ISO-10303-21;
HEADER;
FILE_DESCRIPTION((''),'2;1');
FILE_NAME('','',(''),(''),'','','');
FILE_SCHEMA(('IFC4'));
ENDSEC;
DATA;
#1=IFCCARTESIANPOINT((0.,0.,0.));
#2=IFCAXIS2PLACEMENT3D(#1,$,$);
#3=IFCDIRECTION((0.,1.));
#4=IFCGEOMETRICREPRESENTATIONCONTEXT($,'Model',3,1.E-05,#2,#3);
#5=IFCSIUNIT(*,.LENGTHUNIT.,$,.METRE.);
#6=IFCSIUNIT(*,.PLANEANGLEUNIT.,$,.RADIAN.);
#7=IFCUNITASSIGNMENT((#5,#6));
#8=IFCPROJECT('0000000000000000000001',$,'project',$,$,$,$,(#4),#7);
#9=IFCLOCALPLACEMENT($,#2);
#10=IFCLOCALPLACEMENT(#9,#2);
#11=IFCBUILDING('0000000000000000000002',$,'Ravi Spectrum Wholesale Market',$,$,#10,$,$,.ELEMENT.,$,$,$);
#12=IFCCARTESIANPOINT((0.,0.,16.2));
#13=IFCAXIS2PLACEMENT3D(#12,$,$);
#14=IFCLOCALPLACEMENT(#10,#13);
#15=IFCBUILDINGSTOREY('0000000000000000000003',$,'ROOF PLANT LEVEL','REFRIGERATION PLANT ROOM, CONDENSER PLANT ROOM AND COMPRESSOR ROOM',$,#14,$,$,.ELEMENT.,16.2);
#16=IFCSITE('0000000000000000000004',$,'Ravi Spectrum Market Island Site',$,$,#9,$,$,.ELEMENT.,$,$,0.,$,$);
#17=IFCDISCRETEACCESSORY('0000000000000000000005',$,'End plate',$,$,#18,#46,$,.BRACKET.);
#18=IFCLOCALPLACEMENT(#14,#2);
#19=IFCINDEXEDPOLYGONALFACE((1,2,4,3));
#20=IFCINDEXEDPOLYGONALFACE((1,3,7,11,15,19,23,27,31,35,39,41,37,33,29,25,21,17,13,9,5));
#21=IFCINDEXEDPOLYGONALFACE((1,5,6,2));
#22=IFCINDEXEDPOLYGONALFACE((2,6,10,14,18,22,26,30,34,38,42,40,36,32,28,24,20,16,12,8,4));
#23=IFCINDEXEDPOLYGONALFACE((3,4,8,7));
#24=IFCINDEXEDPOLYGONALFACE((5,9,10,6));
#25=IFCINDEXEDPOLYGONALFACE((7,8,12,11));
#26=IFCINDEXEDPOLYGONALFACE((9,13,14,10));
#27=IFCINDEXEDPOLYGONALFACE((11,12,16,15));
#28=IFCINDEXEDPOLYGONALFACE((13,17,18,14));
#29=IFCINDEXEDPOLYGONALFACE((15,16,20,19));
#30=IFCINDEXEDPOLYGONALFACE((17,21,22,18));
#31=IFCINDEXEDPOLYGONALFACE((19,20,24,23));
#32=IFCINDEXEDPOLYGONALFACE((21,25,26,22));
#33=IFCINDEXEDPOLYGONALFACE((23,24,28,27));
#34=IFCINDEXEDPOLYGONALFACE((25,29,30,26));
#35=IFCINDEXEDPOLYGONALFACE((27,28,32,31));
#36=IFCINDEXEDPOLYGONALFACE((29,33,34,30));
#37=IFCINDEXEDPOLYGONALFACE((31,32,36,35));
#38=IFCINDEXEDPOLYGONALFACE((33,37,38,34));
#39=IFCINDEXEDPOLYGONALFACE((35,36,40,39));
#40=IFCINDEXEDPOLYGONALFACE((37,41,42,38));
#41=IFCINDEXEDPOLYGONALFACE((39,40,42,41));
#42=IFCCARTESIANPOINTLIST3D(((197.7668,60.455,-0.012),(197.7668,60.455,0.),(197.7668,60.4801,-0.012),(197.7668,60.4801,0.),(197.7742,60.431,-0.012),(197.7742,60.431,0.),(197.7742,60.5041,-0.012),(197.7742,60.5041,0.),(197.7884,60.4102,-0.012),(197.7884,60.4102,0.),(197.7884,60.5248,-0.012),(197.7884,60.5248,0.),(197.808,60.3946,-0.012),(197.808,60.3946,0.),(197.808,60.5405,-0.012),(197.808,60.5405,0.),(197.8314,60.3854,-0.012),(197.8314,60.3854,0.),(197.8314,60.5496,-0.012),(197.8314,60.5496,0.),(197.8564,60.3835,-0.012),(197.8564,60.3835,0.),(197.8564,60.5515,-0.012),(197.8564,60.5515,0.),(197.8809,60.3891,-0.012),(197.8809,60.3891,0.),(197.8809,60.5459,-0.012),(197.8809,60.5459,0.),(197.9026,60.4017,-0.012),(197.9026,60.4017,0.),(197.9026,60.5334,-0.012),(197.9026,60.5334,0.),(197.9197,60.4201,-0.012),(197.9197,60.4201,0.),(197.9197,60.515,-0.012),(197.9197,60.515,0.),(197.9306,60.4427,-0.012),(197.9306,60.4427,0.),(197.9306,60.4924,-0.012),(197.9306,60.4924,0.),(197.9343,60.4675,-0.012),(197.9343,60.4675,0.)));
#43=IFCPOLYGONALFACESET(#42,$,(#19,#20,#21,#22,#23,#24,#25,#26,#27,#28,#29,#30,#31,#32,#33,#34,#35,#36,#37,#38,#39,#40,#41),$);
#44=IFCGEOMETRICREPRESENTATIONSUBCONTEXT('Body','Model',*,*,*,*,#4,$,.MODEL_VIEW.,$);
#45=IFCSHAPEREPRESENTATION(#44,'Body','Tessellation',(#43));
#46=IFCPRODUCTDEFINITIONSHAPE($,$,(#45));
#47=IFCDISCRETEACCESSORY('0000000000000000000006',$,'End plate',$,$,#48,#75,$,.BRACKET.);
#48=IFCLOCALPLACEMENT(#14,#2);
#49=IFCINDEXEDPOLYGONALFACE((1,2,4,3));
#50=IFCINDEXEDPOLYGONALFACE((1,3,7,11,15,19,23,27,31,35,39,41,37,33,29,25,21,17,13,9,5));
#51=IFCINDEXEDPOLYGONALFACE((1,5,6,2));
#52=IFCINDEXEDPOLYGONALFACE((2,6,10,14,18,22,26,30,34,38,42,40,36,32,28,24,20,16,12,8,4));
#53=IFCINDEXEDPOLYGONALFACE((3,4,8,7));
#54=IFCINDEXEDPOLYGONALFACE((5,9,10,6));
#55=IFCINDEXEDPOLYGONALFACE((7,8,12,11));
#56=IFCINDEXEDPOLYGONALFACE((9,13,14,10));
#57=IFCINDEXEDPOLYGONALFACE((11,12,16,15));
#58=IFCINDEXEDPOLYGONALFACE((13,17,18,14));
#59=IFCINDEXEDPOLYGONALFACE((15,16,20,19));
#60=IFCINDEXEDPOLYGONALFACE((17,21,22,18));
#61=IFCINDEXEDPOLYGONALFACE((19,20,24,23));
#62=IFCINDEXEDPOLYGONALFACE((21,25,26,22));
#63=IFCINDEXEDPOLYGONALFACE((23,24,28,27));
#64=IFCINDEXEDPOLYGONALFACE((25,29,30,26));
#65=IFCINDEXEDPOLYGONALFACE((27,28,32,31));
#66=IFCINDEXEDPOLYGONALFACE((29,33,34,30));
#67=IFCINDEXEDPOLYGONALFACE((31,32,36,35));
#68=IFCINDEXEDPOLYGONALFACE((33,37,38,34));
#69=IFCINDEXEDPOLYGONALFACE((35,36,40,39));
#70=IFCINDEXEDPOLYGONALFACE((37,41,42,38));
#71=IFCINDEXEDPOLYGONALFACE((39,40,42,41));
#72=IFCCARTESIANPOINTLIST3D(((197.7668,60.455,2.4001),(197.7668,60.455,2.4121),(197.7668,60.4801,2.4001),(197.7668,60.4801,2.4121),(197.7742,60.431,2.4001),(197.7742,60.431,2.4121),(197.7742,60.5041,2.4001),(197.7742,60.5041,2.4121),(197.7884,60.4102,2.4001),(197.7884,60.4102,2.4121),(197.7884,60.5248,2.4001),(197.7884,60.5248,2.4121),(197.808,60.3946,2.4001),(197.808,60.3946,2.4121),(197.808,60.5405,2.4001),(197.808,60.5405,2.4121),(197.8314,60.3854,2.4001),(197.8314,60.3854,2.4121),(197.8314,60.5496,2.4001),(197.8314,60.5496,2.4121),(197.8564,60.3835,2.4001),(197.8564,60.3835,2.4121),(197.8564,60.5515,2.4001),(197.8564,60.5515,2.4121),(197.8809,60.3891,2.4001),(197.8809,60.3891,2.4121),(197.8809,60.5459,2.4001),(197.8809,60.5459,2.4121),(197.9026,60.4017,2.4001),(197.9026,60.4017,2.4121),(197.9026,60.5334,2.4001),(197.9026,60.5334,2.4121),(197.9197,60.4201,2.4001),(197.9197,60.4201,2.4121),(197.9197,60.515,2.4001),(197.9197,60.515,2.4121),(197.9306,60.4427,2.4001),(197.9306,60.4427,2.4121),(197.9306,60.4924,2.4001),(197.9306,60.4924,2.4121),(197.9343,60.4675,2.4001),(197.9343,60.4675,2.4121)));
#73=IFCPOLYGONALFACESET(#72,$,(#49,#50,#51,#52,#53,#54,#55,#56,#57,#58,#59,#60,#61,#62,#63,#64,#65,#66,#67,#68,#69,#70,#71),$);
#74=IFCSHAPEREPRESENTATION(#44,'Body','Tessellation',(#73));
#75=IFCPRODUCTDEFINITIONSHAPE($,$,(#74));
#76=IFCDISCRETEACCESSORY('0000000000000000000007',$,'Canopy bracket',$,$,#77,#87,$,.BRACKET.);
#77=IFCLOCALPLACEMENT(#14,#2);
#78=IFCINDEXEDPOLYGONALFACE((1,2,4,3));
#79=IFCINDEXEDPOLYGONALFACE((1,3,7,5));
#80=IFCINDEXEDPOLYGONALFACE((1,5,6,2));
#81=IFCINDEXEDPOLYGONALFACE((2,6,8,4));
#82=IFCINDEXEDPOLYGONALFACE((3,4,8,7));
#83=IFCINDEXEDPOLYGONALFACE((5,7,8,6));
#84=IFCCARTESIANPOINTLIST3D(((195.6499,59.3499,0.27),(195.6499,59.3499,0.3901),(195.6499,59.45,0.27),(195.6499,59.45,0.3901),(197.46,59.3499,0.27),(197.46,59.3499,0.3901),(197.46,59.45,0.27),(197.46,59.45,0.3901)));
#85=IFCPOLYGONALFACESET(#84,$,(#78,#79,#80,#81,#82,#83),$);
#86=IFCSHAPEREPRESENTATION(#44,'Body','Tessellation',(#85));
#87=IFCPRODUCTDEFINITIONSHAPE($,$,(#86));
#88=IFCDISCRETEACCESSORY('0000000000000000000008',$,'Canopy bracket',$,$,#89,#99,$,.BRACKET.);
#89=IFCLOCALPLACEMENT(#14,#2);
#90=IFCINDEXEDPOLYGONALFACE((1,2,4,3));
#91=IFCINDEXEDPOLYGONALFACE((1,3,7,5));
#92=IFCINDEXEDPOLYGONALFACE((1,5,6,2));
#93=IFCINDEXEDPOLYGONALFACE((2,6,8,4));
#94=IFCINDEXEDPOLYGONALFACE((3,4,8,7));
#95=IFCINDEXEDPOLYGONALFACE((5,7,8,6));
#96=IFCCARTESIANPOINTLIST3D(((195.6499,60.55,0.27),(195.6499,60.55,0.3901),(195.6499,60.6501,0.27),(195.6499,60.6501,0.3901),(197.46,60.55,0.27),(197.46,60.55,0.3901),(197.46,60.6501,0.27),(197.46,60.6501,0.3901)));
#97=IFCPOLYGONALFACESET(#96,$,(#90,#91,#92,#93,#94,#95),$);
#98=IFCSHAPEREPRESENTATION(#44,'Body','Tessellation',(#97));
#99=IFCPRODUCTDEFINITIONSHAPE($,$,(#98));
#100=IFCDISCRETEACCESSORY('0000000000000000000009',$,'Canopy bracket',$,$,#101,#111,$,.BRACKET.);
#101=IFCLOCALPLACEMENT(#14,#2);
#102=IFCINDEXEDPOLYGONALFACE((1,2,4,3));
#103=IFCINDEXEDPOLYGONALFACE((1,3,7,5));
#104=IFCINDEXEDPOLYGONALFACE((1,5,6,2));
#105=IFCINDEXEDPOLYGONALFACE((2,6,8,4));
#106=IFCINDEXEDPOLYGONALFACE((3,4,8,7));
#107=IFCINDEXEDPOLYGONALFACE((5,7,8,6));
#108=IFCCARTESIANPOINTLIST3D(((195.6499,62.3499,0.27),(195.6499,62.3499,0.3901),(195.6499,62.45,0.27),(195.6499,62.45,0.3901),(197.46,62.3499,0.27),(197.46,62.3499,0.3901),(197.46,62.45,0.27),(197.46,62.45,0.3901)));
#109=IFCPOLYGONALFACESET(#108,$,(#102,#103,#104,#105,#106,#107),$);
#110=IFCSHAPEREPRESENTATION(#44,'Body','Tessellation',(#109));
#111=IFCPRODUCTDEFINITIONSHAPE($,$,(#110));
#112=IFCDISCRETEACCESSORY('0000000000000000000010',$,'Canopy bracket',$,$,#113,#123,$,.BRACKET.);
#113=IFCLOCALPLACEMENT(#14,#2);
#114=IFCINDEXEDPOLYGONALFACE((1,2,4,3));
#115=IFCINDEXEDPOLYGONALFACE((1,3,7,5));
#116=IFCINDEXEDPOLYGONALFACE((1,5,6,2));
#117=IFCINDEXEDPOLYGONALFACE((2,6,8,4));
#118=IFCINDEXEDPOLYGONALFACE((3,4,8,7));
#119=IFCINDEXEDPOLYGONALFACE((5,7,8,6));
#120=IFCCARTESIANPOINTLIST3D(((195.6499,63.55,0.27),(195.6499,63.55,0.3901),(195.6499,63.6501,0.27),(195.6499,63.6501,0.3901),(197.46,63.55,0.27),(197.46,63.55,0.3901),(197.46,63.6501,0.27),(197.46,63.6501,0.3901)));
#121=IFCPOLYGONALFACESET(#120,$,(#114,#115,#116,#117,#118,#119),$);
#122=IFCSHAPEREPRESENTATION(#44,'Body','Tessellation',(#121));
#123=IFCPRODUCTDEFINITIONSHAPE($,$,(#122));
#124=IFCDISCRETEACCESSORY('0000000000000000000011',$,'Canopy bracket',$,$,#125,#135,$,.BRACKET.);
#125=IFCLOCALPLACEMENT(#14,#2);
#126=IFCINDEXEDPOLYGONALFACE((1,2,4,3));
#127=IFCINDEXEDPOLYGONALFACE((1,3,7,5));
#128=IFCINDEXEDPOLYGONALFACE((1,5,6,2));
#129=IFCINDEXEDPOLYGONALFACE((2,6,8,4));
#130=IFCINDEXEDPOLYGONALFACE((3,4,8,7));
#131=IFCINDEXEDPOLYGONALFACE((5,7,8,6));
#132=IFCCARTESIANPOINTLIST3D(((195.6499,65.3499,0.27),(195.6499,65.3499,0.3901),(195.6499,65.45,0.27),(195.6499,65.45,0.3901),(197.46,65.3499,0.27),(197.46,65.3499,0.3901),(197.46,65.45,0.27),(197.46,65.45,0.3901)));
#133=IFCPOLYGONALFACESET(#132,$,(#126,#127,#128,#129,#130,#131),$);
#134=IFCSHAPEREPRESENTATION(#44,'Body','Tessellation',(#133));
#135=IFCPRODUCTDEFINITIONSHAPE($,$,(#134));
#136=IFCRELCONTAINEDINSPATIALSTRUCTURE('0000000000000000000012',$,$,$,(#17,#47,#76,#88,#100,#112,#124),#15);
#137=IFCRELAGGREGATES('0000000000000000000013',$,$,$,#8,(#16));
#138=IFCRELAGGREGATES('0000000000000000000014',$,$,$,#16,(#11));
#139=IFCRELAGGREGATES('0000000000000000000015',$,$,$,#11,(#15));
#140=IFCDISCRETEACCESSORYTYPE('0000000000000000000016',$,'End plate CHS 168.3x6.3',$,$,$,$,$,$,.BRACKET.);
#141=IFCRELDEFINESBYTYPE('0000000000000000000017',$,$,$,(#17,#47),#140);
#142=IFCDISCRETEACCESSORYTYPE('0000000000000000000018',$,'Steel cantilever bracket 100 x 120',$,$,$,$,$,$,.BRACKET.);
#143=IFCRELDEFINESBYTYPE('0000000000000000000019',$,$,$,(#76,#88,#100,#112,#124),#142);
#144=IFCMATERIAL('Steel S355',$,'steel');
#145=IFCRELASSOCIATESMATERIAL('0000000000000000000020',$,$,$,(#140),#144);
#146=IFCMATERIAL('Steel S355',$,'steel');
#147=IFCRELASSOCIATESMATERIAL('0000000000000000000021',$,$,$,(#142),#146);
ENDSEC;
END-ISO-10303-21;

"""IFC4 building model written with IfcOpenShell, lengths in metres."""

from ifc_helpers import new_model, si_unit, direction, frame, origin, origin_2d, place, context, subcontext, project, spatial, rectangle, circle, extrude, material, material_profile, profile_set, type_object, element, save


model = new_model("IFC4")

# Units and contexts
model_context = context("Model", 3, precision=1e-05, world=origin(), true_north=direction((0.0, 1.0)))
body_context = subcontext(model_context, "Body", "Model", "MODEL_VIEW")
ifc_project = project(units=[si_unit("LENGTHUNIT", "METRE"), si_unit("PLANEANGLEUNIT", "RADIAN")], contexts=[model_context])

# Site, building, storey
site_placement = place(None, origin())
site = spatial("IfcSite", under=ifc_project, at=site_placement, Name="Ravi Spectrum Market Island Site", CompositionType="ELEMENT", RefElevation=0.0)
building_placement = place(site_placement, origin())
building = spatial("IfcBuilding", under=site, at=building_placement, Name="Ravi Spectrum Wholesale Market", CompositionType="ELEMENT")
storey_placement = place(building_placement, frame((0.0, 0.0, 16.2)))
storey = spatial("IfcBuildingStorey", under=building, at=storey_placement, Name="ROOF PLANT LEVEL", Description="REFRIGERATION PLANT ROOM, CONDENSER PLANT ROOM AND COMPRESSOR ROOM", CompositionType="ELEMENT", Elevation=16.2)

# Discrete accessories
ifc_material_1 = material(Name="Steel S355", Category="steel")
ifc_material_profile_1 = material_profile(ifc_material_1, circle(Radius=0.0842, at=origin_2d()))
ifc_profile_set_1 = profile_set([ifc_material_profile_1], Name="Steel S355")
discrete_accessory_type_1 = type_object("IfcDiscreteAccessoryType", Name="End plate CHS 168.3x6.3", PredefinedType="BRACKET", material=ifc_profile_set_1)
for number, where, z_axis, x_axis, name in (
    (1, (197.8501, 60.4675, 0.0), (0.0, 0.0, -1.0), (1.0, 0.0, 0.0), "End plate"),
    (2, (197.8501, 60.4675, 2.4001), (0.0, 0.0, 1.0), (1.0, 0.0, 0.0), "End plate"),
):
    element("IfcDiscreteAccessory", number, at=place(storey_placement, frame(where, z_axis=z_axis, x_axis=x_axis)), inside=storey, type_object=discrete_accessory_type_1, Name=name, PredefinedType="BRACKET", context=body_context, shape_type="SweptSolid", body=[
        extrude(circle(Radius=0.0842, at=origin_2d()), origin(), (0.0, 0.0, 1.0), 0.012),
    ])
ifc_material_2 = material(Name="Steel S355", Category="steel")
discrete_accessory_type_2 = type_object("IfcDiscreteAccessoryType", Name="Steel cantilever bracket 100 x 120", PredefinedType="BRACKET", material=ifc_material_2)
for number, where, z_axis, x_axis, name in (
    (3, (196.5549, 59.3999, 0.27), (0.0, 0.0, 1.0), (1.0, 0.0, 0.0), "Canopy bracket"),
    (4, (196.5549, 60.6001, 0.27), (0.0, 0.0, 1.0), (1.0, 0.0, 0.0), "Canopy bracket"),
    (5, (196.5549, 62.3999, 0.27), (0.0, 0.0, 1.0), (1.0, 0.0, 0.0), "Canopy bracket"),
    (6, (196.5549, 63.6001, 0.27), (0.0, 0.0, 1.0), (1.0, 0.0, 0.0), "Canopy bracket"),
    (7, (196.5549, 65.3999, 0.27), (0.0, 0.0, 1.0), (1.0, 0.0, 0.0), "Canopy bracket"),
):
    element("IfcDiscreteAccessory", number, at=place(storey_placement, frame(where, z_axis=z_axis, x_axis=x_axis)), inside=storey, type_object=discrete_accessory_type_2, Name=name, PredefinedType="BRACKET", context=body_context, shape_type="SweptSolid", body=[
        extrude(rectangle(XDim=1.8101, YDim=0.1001, at=origin_2d()), origin(), (0.0, 0.0, 1.0), 0.1201),
    ])

save(model, "model.ifc")
